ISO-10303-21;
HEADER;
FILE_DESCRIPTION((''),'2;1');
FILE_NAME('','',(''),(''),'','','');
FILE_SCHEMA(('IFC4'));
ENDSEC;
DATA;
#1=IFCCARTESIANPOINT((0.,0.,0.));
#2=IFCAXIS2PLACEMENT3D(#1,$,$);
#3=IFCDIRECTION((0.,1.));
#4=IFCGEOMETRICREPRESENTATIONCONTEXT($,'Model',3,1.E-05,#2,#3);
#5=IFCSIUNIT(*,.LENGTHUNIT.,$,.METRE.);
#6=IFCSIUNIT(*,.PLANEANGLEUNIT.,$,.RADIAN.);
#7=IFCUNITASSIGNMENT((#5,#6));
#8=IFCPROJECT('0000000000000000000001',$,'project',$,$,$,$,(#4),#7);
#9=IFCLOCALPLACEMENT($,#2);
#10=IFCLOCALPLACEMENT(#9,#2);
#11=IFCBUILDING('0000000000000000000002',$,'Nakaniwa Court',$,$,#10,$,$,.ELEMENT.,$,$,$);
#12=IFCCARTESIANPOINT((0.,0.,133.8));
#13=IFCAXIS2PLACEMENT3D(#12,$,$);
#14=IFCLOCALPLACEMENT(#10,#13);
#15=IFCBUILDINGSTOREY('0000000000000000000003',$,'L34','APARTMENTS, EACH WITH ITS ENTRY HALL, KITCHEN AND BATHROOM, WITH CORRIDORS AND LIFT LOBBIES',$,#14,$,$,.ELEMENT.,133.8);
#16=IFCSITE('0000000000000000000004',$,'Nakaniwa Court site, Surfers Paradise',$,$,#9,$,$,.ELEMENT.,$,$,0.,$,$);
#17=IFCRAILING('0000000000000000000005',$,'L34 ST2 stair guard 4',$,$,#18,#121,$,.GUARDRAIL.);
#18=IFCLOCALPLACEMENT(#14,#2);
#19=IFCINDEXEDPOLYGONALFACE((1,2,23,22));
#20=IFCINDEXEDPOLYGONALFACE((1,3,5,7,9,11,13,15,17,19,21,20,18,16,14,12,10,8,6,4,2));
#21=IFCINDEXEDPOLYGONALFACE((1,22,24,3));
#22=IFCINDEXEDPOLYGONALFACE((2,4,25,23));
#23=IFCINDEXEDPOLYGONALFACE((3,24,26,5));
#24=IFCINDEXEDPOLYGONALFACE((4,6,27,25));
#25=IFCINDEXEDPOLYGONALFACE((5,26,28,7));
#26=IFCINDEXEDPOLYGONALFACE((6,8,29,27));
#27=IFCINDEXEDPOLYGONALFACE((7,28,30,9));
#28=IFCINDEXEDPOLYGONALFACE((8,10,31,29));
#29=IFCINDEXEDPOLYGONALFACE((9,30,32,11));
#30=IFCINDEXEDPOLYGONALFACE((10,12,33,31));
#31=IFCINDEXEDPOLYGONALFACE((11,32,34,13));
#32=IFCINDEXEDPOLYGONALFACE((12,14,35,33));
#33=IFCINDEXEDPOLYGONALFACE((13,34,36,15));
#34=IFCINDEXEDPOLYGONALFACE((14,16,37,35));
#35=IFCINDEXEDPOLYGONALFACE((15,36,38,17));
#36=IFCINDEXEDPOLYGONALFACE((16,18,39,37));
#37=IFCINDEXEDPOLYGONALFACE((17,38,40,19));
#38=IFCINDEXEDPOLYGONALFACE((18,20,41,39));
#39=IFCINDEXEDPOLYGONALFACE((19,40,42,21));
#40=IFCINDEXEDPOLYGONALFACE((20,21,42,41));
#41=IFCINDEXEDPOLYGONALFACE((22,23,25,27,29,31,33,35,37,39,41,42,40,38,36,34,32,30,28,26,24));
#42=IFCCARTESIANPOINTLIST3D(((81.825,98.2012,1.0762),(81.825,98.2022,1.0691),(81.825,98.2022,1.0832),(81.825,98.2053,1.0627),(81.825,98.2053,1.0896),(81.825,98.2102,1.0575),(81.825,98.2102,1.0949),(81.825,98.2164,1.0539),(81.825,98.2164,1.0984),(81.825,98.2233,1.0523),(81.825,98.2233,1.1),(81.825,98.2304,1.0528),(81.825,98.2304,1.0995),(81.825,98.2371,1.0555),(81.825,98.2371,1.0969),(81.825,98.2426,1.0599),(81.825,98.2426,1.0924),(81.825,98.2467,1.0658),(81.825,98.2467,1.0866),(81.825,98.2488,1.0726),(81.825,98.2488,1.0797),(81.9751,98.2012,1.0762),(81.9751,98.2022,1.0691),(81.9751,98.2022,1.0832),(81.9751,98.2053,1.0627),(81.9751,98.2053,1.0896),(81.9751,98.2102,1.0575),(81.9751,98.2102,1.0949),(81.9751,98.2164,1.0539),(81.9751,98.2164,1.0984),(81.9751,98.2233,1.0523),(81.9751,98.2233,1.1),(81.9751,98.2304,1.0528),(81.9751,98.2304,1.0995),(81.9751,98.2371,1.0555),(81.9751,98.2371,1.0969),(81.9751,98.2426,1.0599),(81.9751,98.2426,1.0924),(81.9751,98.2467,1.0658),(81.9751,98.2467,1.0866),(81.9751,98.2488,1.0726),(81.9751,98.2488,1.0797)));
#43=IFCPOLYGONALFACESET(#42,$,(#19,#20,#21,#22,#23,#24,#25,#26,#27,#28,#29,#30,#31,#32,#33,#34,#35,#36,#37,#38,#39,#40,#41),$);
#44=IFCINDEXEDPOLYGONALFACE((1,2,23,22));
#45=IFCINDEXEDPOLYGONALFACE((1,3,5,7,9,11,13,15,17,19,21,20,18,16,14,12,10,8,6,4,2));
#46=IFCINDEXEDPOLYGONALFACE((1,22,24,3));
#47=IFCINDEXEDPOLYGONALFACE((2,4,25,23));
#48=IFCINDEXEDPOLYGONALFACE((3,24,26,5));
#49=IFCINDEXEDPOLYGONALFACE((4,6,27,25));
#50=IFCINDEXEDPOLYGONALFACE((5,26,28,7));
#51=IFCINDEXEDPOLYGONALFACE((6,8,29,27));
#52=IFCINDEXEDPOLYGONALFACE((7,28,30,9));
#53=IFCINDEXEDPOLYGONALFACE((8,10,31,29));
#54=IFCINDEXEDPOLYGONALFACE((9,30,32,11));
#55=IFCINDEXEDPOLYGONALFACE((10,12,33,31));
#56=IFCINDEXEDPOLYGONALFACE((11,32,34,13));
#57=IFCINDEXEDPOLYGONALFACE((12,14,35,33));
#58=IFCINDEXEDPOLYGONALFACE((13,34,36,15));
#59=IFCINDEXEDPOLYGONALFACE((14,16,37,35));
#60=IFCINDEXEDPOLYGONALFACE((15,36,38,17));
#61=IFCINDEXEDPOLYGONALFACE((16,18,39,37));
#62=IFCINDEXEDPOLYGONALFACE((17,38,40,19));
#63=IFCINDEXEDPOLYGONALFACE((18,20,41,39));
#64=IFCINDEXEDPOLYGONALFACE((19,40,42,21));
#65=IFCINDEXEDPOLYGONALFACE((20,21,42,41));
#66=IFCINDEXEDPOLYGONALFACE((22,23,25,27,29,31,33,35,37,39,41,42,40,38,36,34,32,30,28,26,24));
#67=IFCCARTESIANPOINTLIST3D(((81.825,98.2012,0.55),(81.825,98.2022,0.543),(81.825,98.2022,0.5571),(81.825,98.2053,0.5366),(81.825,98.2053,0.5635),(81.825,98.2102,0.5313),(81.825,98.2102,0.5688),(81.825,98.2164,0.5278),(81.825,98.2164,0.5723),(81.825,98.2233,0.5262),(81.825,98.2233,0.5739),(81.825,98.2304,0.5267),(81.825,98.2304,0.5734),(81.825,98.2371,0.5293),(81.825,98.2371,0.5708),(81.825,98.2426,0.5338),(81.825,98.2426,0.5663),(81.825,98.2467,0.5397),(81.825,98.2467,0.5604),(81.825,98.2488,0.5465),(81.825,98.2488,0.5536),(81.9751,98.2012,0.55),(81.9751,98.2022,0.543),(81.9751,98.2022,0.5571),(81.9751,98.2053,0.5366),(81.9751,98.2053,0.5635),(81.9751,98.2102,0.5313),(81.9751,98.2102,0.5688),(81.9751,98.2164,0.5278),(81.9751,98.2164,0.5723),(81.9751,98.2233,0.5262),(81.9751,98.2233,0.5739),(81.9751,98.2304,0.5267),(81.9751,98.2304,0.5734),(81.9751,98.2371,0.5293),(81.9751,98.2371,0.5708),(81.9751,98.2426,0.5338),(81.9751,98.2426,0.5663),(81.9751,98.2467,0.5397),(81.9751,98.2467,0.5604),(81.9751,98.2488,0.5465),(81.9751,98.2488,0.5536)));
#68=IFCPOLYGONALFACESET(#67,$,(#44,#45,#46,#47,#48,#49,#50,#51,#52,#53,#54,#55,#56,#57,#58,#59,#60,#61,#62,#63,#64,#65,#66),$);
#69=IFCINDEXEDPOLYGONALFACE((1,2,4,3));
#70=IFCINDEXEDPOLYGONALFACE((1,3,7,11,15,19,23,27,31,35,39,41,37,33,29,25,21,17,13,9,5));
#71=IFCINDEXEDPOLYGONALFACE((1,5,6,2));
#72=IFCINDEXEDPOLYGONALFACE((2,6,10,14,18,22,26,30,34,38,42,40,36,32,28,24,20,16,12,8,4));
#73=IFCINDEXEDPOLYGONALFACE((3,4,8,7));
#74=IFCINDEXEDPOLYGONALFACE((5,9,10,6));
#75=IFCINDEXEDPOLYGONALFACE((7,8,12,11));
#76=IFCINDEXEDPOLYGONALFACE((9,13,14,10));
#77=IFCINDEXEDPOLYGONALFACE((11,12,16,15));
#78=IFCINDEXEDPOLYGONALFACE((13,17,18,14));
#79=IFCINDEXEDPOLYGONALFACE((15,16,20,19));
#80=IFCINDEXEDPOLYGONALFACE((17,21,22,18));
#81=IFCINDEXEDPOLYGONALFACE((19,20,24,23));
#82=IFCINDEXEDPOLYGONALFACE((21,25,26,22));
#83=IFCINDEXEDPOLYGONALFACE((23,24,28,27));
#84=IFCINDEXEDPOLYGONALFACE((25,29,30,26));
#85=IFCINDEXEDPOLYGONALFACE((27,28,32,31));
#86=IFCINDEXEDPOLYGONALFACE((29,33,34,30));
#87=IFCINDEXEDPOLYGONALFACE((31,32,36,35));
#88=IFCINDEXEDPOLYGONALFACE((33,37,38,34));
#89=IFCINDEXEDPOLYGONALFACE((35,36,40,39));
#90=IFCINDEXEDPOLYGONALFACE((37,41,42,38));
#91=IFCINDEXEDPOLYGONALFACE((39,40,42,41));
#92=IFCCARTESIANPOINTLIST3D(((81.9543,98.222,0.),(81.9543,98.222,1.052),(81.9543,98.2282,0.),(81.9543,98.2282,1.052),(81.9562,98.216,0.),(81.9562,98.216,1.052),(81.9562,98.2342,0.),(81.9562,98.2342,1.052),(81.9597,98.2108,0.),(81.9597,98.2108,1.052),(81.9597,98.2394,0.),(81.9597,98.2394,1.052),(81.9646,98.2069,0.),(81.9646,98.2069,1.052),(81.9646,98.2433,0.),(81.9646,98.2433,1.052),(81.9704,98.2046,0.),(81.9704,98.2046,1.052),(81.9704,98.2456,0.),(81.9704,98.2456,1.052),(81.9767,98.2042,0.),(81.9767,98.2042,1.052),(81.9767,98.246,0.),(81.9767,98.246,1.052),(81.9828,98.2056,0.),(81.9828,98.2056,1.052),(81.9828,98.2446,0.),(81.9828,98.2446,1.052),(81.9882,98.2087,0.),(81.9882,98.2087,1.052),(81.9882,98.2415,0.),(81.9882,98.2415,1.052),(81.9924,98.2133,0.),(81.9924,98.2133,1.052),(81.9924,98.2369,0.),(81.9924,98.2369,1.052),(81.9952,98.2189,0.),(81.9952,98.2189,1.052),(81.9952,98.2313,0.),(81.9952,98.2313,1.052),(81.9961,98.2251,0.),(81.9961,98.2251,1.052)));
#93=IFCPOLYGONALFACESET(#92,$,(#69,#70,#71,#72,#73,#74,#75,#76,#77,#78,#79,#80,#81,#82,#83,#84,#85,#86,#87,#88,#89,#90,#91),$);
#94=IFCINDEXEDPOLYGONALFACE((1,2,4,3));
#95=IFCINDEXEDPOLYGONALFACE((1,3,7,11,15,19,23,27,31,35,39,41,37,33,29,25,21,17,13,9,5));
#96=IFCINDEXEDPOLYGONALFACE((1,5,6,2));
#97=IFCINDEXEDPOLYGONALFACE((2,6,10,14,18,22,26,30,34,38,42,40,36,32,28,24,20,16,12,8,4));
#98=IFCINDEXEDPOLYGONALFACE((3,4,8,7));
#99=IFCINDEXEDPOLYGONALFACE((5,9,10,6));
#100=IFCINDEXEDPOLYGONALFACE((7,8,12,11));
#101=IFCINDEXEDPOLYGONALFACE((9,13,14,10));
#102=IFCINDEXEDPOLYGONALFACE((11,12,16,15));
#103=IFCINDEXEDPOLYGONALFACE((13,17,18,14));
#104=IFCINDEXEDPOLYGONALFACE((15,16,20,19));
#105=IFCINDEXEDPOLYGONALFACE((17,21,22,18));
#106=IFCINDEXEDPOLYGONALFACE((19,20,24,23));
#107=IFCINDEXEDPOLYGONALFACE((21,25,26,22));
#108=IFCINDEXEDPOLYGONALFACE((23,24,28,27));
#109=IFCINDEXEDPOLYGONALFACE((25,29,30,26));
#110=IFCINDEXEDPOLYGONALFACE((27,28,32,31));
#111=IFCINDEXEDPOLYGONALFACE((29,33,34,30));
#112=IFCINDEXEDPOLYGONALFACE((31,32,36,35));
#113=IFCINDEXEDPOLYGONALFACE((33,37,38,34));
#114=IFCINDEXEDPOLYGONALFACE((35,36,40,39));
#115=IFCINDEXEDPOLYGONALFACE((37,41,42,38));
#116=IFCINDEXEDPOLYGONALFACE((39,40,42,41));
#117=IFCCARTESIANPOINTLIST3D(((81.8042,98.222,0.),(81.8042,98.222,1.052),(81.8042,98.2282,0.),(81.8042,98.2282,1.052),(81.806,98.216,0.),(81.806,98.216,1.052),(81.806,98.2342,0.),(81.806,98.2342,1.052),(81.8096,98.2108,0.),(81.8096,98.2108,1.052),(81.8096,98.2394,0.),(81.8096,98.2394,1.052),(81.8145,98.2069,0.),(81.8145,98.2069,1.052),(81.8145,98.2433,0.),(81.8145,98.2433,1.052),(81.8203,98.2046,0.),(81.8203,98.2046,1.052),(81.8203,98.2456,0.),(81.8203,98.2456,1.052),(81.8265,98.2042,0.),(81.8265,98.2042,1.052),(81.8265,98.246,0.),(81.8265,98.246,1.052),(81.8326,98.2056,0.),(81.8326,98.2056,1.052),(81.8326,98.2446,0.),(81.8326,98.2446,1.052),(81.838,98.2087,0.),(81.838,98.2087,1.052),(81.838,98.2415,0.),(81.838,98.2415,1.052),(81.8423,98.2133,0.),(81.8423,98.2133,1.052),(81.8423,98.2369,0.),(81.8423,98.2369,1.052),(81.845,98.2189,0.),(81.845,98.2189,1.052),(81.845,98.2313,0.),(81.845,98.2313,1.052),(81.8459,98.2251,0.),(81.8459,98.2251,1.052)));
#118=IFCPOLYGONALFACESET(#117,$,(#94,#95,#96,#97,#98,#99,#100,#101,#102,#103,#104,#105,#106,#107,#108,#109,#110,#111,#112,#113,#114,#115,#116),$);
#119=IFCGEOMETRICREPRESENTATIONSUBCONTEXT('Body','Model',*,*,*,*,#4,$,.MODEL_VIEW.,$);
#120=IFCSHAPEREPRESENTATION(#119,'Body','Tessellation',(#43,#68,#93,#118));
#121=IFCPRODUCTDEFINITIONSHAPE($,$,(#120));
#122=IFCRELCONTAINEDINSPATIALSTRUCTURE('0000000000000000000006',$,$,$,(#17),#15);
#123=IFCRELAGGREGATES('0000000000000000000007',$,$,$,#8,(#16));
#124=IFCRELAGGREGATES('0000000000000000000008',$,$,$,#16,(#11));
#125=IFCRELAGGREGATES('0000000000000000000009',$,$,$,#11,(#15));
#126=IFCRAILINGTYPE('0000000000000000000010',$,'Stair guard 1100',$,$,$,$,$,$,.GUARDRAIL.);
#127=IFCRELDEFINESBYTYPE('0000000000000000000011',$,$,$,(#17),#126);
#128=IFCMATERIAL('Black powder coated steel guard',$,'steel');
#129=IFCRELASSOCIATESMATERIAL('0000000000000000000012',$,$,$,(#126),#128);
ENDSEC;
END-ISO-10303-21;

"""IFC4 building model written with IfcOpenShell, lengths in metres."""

from ifc_helpers import new_model, si_unit, direction, frame, origin, origin_2d, place, context, subcontext, project, spatial, circle, extrude, material, type_object, element, save


model = new_model("IFC4")

# Units and contexts
model_context = context("Model", 3, precision=1e-05, world=origin(), true_north=direction((0.0, 1.0)))
body_context = subcontext(model_context, "Body", "Model", "MODEL_VIEW")
ifc_project = project(units=[si_unit("LENGTHUNIT", "METRE"), si_unit("PLANEANGLEUNIT", "RADIAN")], contexts=[model_context])

# Site, building, storey
site_placement = place(None, origin())
site = spatial("IfcSite", under=ifc_project, at=site_placement, Name="Nakaniwa Court site, Surfers Paradise", CompositionType="ELEMENT", RefElevation=0.0)
building_placement = place(site_placement, origin())
building = spatial("IfcBuilding", under=site, at=building_placement, Name="Nakaniwa Court", CompositionType="ELEMENT")
storey_placement = place(building_placement, frame((0.0, 0.0, 133.8)))
storey = spatial("IfcBuildingStorey", under=building, at=storey_placement, Name="L34", Description="APARTMENTS, EACH WITH ITS ENTRY HALL, KITCHEN AND BATHROOM, WITH CORRIDORS AND LIFT LOBBIES", CompositionType="ELEMENT", Elevation=133.8)

# Railing
ifc_material_1 = material(Name="Black powder coated steel guard", Category="steel")
railing_type_1 = type_object("IfcRailingType", Name="Stair guard 1100", PredefinedType="GUARDRAIL", material=ifc_material_1)
railing_1_placement = place(storey_placement, frame((81.9751, 98.2251, 0.0)))
element("IfcRailing", 1, at=railing_1_placement, inside=storey, type_object=railing_type_1, Name="L34 ST2 stair guard 4", PredefinedType="GUARDRAIL", context=body_context, shape_type="SweptSolid", body=[
    extrude(circle(Radius=0.0239, at=origin_2d()), frame((0.0, 0.0, 1.0762), z_axis=(-1.0, 0.0, 0.0), x_axis=(0.0, -1.0, 0.0)), (0.0, 0.0, 1.0), 0.1501),
    extrude(circle(Radius=0.0239, at=origin_2d()), frame((0.0, 0.0, 0.55), z_axis=(-1.0, 0.0, 0.0), x_axis=(0.0, -1.0, 0.0)), (0.0, 0.0, 1.0), 0.1501),
    extrude(circle(Radius=0.021, at=origin_2d()), origin(), (0.0, 0.0, 1.0), 1.052),
    extrude(circle(Radius=0.021, at=origin_2d()), frame((-0.1501, 0.0, 0.0)), (0.0, 0.0, 1.0), 1.052),
])

save(model, "model.ifc")
